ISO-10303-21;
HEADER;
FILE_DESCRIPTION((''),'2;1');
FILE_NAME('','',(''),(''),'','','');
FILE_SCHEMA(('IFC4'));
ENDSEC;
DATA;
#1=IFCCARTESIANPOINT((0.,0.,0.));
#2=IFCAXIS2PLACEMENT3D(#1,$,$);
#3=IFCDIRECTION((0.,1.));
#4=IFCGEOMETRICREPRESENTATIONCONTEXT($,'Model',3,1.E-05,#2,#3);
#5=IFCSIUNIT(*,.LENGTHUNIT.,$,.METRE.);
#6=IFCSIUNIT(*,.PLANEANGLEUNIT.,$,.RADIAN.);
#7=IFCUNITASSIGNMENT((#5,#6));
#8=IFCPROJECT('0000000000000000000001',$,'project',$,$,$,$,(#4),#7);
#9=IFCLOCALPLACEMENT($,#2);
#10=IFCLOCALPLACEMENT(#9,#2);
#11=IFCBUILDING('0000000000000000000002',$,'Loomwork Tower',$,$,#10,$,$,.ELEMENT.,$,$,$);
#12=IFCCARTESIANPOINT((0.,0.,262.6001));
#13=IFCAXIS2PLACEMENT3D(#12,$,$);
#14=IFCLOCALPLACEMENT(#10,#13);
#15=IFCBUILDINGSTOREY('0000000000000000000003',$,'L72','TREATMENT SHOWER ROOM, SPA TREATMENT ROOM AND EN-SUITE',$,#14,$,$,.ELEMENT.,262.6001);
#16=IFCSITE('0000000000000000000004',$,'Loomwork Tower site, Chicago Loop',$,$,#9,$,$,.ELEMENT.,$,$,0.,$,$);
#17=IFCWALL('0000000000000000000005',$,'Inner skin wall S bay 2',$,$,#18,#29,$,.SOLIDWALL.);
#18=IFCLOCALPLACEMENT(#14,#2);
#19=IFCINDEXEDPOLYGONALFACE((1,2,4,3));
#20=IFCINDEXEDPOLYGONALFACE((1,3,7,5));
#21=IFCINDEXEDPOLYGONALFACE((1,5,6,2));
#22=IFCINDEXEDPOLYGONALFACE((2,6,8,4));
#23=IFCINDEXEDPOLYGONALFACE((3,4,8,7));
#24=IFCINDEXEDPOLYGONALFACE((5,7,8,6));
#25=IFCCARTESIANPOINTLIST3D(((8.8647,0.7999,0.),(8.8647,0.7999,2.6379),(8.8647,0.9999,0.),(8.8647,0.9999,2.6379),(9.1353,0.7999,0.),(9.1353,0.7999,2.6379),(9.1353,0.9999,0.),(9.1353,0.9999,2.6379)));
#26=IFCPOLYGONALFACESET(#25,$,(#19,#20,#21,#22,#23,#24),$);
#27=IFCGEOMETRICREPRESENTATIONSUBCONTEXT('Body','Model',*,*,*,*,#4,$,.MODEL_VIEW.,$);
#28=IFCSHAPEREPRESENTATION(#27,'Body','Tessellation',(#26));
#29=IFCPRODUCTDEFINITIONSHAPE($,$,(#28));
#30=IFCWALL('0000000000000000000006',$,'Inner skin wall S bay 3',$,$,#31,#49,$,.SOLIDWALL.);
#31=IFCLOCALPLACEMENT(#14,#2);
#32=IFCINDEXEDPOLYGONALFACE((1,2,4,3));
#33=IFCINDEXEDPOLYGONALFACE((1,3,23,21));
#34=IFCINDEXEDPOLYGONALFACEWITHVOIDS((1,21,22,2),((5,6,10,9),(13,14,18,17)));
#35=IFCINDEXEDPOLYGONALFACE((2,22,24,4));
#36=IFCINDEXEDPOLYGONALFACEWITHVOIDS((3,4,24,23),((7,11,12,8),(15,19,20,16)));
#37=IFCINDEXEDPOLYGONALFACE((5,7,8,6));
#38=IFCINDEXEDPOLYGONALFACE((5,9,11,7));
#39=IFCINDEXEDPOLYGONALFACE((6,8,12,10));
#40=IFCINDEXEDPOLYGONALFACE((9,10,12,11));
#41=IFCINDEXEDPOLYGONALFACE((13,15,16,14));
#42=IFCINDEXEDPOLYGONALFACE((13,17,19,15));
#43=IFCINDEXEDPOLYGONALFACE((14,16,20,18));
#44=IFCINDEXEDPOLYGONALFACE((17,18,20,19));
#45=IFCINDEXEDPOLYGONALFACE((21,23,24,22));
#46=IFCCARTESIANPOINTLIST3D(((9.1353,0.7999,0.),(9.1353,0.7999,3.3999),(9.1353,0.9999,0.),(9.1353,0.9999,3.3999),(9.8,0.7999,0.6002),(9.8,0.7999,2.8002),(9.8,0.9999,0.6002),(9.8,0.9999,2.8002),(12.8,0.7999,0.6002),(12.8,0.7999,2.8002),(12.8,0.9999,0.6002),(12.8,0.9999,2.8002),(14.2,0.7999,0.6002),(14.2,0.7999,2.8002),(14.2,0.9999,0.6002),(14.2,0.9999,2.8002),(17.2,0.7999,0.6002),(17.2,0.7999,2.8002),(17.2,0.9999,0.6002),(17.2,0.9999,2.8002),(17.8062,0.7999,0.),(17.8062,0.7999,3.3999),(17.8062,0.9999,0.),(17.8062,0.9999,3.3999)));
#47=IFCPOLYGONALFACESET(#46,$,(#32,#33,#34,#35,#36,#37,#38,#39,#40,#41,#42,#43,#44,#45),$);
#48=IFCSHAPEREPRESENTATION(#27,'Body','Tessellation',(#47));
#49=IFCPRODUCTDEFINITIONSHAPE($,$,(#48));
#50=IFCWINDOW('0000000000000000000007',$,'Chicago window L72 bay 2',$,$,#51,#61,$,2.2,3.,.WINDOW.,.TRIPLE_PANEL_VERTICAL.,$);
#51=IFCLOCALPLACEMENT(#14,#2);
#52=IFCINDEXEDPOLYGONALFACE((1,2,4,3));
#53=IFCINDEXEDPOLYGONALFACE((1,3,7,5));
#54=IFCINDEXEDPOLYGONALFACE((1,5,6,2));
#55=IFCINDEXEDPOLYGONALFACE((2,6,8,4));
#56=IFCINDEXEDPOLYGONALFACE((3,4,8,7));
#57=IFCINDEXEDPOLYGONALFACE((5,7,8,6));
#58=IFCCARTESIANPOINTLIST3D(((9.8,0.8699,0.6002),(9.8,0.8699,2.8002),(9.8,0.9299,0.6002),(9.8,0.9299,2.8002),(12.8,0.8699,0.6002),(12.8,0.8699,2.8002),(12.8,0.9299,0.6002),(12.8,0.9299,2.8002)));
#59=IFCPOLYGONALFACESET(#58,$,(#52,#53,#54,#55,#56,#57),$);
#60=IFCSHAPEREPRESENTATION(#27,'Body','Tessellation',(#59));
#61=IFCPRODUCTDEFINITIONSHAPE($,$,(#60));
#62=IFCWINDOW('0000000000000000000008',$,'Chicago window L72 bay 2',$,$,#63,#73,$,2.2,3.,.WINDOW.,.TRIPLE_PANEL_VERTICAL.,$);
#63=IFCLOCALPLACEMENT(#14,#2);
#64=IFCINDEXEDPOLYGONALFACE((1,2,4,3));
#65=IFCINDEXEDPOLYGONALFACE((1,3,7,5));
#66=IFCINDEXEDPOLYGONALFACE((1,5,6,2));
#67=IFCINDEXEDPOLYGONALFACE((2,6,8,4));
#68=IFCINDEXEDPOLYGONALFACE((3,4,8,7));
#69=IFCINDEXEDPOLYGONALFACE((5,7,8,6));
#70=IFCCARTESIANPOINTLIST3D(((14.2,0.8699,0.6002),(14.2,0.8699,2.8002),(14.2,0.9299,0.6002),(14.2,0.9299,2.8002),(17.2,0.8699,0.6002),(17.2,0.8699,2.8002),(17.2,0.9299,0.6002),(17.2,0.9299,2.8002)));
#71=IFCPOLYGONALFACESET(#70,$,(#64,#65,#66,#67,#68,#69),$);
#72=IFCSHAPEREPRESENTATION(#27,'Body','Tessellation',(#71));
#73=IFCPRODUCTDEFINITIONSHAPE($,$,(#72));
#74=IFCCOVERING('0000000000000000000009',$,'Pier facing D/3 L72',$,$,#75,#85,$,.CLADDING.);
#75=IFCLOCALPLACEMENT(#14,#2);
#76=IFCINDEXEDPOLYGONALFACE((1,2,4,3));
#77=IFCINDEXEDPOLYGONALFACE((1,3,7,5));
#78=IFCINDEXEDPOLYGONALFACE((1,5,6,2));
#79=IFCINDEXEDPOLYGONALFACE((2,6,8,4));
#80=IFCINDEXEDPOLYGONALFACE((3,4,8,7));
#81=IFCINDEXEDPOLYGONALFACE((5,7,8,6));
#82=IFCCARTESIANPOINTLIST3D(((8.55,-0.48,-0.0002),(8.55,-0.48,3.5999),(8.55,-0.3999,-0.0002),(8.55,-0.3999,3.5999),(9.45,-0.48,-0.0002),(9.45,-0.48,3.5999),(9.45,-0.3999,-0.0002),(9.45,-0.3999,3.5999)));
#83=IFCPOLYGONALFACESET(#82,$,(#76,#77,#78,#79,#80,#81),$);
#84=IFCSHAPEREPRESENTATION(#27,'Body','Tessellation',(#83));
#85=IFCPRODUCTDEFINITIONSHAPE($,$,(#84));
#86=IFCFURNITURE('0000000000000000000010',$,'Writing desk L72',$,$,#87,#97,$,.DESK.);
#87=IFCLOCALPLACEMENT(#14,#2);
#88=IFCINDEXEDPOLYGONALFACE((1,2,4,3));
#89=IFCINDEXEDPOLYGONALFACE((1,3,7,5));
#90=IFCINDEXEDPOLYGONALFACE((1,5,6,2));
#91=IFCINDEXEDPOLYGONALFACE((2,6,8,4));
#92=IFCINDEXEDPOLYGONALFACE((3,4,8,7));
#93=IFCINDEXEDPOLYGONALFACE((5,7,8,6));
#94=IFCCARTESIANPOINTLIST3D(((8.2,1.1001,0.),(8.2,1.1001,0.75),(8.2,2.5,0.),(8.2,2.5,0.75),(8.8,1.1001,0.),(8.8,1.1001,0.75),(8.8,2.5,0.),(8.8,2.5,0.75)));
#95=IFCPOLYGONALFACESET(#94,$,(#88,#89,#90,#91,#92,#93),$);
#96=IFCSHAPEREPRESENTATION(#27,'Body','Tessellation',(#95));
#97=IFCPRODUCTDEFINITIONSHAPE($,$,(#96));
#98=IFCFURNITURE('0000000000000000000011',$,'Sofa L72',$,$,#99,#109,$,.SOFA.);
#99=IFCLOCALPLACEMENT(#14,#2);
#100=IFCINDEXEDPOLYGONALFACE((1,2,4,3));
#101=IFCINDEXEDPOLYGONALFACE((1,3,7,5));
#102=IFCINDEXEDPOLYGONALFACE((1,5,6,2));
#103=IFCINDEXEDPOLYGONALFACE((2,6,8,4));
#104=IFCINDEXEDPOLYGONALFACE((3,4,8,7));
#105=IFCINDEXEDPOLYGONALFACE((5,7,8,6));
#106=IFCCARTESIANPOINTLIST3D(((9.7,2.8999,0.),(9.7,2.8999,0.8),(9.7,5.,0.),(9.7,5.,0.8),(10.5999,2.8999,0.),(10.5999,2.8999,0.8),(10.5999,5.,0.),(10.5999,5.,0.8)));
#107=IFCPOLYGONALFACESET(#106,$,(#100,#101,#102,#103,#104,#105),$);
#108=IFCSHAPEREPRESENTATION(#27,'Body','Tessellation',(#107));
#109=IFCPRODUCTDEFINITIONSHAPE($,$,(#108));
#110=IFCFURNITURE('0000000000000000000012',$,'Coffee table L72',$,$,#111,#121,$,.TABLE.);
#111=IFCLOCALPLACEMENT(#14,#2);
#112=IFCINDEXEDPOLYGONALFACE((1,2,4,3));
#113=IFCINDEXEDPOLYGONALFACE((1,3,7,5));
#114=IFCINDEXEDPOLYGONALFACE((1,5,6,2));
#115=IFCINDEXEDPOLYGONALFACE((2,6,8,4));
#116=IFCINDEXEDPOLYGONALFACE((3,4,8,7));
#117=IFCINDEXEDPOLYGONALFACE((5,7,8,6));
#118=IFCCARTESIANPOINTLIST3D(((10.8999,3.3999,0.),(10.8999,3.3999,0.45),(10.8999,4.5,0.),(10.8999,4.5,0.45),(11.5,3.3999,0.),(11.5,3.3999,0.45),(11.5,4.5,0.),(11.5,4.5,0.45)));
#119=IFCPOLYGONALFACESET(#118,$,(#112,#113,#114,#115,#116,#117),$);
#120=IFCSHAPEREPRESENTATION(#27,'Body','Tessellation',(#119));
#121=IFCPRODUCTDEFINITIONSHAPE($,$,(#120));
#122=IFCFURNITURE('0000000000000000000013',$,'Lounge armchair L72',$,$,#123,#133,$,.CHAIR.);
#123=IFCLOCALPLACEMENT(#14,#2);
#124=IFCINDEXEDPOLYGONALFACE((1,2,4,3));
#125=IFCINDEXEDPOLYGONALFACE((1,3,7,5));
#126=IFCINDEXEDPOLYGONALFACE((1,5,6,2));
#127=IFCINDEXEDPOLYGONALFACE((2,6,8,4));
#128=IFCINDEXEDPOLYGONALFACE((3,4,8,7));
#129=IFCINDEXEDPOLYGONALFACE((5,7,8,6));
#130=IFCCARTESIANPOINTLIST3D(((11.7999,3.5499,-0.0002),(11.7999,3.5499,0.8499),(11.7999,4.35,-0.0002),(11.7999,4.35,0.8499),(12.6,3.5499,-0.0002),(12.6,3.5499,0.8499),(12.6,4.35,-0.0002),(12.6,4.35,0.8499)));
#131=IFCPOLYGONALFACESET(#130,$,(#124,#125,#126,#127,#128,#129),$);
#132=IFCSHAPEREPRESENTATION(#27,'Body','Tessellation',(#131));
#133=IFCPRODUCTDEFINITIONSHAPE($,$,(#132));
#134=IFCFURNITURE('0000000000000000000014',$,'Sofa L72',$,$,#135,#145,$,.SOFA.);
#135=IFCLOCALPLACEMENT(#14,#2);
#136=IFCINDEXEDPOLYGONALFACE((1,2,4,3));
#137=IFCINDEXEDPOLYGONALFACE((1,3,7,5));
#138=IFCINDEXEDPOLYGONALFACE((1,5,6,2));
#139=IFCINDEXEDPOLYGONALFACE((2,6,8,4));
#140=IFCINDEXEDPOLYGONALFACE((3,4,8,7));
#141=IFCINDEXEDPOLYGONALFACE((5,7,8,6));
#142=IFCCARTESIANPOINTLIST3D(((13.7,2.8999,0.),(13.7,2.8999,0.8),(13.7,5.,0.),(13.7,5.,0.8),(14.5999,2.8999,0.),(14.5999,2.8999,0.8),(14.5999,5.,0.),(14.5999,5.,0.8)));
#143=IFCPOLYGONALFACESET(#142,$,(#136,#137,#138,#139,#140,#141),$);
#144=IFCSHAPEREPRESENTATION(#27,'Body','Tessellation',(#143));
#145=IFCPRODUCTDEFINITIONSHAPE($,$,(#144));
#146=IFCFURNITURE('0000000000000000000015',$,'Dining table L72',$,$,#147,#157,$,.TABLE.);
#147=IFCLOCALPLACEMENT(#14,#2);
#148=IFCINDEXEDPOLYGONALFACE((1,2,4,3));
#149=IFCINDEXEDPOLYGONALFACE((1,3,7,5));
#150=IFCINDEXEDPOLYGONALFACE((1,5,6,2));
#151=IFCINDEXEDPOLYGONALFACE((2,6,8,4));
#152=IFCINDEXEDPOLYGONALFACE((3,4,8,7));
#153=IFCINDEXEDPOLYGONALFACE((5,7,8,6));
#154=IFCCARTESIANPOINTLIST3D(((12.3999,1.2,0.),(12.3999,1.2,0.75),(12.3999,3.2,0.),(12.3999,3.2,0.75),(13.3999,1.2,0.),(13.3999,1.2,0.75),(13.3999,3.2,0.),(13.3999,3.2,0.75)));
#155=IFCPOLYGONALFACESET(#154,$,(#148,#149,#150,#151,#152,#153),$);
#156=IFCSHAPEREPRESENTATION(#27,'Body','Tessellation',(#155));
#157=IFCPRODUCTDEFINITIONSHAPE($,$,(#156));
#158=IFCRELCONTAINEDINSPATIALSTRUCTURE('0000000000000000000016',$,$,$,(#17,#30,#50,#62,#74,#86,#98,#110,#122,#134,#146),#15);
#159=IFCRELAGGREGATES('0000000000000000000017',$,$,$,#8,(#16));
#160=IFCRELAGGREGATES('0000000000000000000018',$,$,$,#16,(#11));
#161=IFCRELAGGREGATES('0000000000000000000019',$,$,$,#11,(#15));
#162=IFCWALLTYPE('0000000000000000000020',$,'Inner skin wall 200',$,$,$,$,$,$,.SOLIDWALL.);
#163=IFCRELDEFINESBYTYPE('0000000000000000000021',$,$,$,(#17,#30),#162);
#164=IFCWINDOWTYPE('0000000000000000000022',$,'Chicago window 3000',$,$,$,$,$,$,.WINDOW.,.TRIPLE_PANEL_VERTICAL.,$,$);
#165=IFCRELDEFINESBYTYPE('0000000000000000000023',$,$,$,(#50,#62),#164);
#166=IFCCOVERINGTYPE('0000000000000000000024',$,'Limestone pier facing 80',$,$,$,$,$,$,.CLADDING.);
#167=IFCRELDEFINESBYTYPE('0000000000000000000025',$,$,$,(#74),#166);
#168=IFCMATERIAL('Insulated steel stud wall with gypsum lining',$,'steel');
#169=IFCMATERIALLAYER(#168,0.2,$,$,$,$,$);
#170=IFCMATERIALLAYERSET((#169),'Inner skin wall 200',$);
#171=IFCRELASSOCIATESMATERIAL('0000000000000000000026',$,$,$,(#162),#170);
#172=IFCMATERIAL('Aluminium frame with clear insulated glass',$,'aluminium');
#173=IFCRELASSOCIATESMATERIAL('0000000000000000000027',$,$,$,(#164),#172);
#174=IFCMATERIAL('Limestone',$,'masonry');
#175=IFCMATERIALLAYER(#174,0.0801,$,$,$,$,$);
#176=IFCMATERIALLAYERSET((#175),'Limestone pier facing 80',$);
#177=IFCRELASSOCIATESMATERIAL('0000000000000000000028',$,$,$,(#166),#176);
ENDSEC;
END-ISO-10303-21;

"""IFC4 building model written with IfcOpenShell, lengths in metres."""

from ifc_helpers import new_model, si_unit, direction, frame, frame_2d, origin, origin_2d, place, context, subcontext, project, spatial, rectangle, extrude, material, layer, layer_set, type_object, element, fill, save


model = new_model("IFC4")

# Units and contexts
model_context = context("Model", 3, precision=1e-05, world=origin(), true_north=direction((0.0, 1.0)))
body_context = subcontext(model_context, "Body", "Model", "MODEL_VIEW")
ifc_project = project(units=[si_unit("LENGTHUNIT", "METRE"), si_unit("PLANEANGLEUNIT", "RADIAN")], contexts=[model_context])

# Site, building, storey
site_placement = place(None, origin())
site = spatial("IfcSite", under=ifc_project, at=site_placement, Name="Loomwork Tower site, Chicago Loop", CompositionType="ELEMENT", RefElevation=0.0)
building_placement = place(site_placement, origin())
building = spatial("IfcBuilding", under=site, at=building_placement, Name="Loomwork Tower", CompositionType="ELEMENT")
storey_placement = place(building_placement, frame((0.0, 0.0, 262.6001)))
storey = spatial("IfcBuildingStorey", under=building, at=storey_placement, Name="L72", Description="TREATMENT SHOWER ROOM, SPA TREATMENT ROOM AND EN-SUITE", CompositionType="ELEMENT", Elevation=262.6001)

# Wall
ifc_material_1 = material(Name="Insulated steel stud wall with gypsum lining", Category="steel")
ifc_layer_1 = layer(ifc_material_1, 0.2)
ifc_layer_set_1 = layer_set([ifc_layer_1], Name="Inner skin wall 200")
wall_type_1 = type_object("IfcWallType", Name="Inner skin wall 200", PredefinedType="SOLIDWALL", material=ifc_layer_set_1)
wall_1_placement = place(storey_placement, frame((8.8647, 0.8999, 0.0), z_axis=(0.0, 0.0, 1.0), x_axis=(1.0, 0.0, 0.0)))
element("IfcWall", 1, at=wall_1_placement, inside=storey, type_object=wall_type_1, Name="Inner skin wall S bay 2", PredefinedType="SOLIDWALL", context=body_context, shape_type="SweptSolid", body=[
    extrude(rectangle(XDim=0.2705, YDim=0.2, at=frame_2d((0.1353, 0.0))), origin(), (0.0, 0.0, 1.0), 2.6379),
])

# Wall, openings, windows
wall_2_placement = place(storey_placement, frame((9.1353, 0.8999, 0.0), z_axis=(0.0, 0.0, 1.0), x_axis=(1.0, 0.0, 0.0)))
wall_2 = element("IfcWall", 2, at=wall_2_placement, inside=storey, type_object=wall_type_1, Name="Inner skin wall S bay 3", PredefinedType="SOLIDWALL", context=body_context, shape_type="SweptSolid", body=[
    extrude(rectangle(XDim=8.6709, YDim=0.2, at=frame_2d((4.3354, 0.0))), origin(), (0.0, 0.0, 1.0), 3.3999),
])
opening_1_placement = place(wall_2_placement, frame((0.6648, 0.0, 0.6001)))
opening_1 = element("IfcOpeningElement", 3, at=opening_1_placement, cuts=wall_2, PredefinedType="OPENING", context=body_context, shape_type="SweptSolid", body=[
    extrude(rectangle(XDim=3.0, YDim=2.2, at=frame_2d((1.5, 1.1001))), frame((0.0, 0.1099, 0.0), z_axis=(0.0, -1.0, 0.0), x_axis=(1.0, 0.0, 0.0)), (0.0, 0.0, 1.0), 0.22),
])
opening_2_placement = place(wall_2_placement, frame((5.0647, 0.0, 0.6001)))
opening_2 = element("IfcOpeningElement", 4, at=opening_2_placement, cuts=wall_2, PredefinedType="OPENING", context=body_context, shape_type="SweptSolid", body=[
    extrude(rectangle(XDim=3.0, YDim=2.2, at=frame_2d((1.5, 1.1001))), frame((0.0, 0.1099, 0.0), z_axis=(0.0, -1.0, 0.0), x_axis=(1.0, 0.0, 0.0)), (0.0, 0.0, 1.0), 0.22),
])
ifc_material_2 = material(Name="Aluminium frame with clear insulated glass", Category="aluminium")
window_type = type_object("IfcWindowType", Name="Chicago window 3000", PartitioningType="TRIPLE_PANEL_VERTICAL", PredefinedType="WINDOW", material=ifc_material_2)
window_1_placement = place(opening_1_placement, origin())
window_1 = element("IfcWindow", 5, at=window_1_placement, inside=storey, type_object=window_type, Name="Chicago window L72 bay 2", OverallHeight=2.2, OverallWidth=3.0, PartitioningType="TRIPLE_PANEL_VERTICAL", PredefinedType="WINDOW", context=body_context, shape_type="SweptSolid", body=[
    extrude(rectangle(XDim=3.0, YDim=2.2, at=frame_2d((1.5, 1.1001))), frame((0.0, 0.03, 0.0), z_axis=(0.0, -1.0, 0.0), x_axis=(1.0, 0.0, 0.0)), (0.0, 0.0, 1.0), 0.0601),
])
fill(opening_1, window_1)
window_2_placement = place(opening_2_placement, origin())
window_2 = element("IfcWindow", 6, at=window_2_placement, inside=storey, type_object=window_type, Name="Chicago window L72 bay 2", OverallHeight=2.2, OverallWidth=3.0, PartitioningType="TRIPLE_PANEL_VERTICAL", PredefinedType="WINDOW", context=body_context, shape_type="SweptSolid", body=[
    extrude(rectangle(XDim=3.0, YDim=2.2, at=frame_2d((1.5, 1.1001))), frame((0.0, 0.03, 0.0), z_axis=(0.0, -1.0, 0.0), x_axis=(1.0, 0.0, 0.0)), (0.0, 0.0, 1.0), 0.0601),
])
fill(opening_2, window_2)

# Covering
ifc_material_3 = material(Name="Limestone", Category="masonry")
ifc_layer_2 = layer(ifc_material_3, 0.0801)
ifc_layer_set_2 = layer_set([ifc_layer_2], Name="Limestone pier facing 80")
covering_type = type_object("IfcCoveringType", Name="Limestone pier facing 80", PredefinedType="CLADDING", material=ifc_layer_set_2)
covering_placement = place(storey_placement, frame((9.0, -0.4399, -0.0002), z_axis=(0.0, 0.0, 1.0), x_axis=(1.0, 0.0, 0.0)))
element("IfcCovering", 7, at=covering_placement, inside=storey, type_object=covering_type, Name="Pier facing D/3 L72", PredefinedType="CLADDING", context=body_context, shape_type="SweptSolid", body=[
    extrude(rectangle(XDim=0.8999, YDim=0.0801, at=origin_2d()), origin(), (0.0, 0.0, 1.0), 3.6001),
])

# Furniture
furniture_1_placement = place(storey_placement, frame((8.5, 1.8, 0.0), z_axis=(0.0, 0.0, 1.0), x_axis=(1.0, 0.0, 0.0)))
element("IfcFurniture", 8, at=furniture_1_placement, inside=storey, Name="Writing desk L72", PredefinedType="DESK", context=body_context, shape_type="SweptSolid", body=[
    extrude(rectangle(XDim=0.6001, YDim=1.3999, at=origin_2d()), origin(), (0.0, 0.0, 1.0), 0.75),
])
furniture_2_placement = place(storey_placement, frame((10.1499, 3.95, 0.0), z_axis=(0.0, 0.0, 1.0), x_axis=(1.0, 0.0, 0.0)))
element("IfcFurniture", 9, at=furniture_2_placement, inside=storey, Name="Sofa L72", PredefinedType="SOFA", context=body_context, shape_type="SweptSolid", body=[
    extrude(rectangle(XDim=0.8999, YDim=2.1001, at=origin_2d()), origin(), (0.0, 0.0, 1.0), 0.8),
])
furniture_3_placement = place(storey_placement, frame((11.2, 3.95, 0.0), z_axis=(0.0, 0.0, 1.0), x_axis=(1.0, 0.0, 0.0)))
element("IfcFurniture", 10, at=furniture_3_placement, inside=storey, Name="Coffee table L72", PredefinedType="TABLE", context=body_context, shape_type="SweptSolid", body=[
    extrude(rectangle(XDim=0.6001, YDim=1.1001, at=origin_2d()), origin(), (0.0, 0.0, 1.0), 0.45),
])
furniture_4_placement = place(storey_placement, frame((12.2, 3.95, -0.0002), z_axis=(0.0, 0.0, 1.0), x_axis=(1.0, 0.0, 0.0)))
element("IfcFurniture", 11, at=furniture_4_placement, inside=storey, Name="Lounge armchair L72", PredefinedType="CHAIR", context=body_context, shape_type="SweptSolid", body=[
    extrude(rectangle(XDim=0.8, YDim=0.8, at=origin_2d()), origin(), (0.0, 0.0, 1.0), 0.8501),
])
furniture_5_placement = place(storey_placement, frame((14.1499, 3.95, 0.0), z_axis=(0.0, 0.0, 1.0), x_axis=(1.0, 0.0, 0.0)))
element("IfcFurniture", 12, at=furniture_5_placement, inside=storey, Name="Sofa L72", PredefinedType="SOFA", context=body_context, shape_type="SweptSolid", body=[
    extrude(rectangle(XDim=0.8999, YDim=2.1001, at=origin_2d()), origin(), (0.0, 0.0, 1.0), 0.8),
])
furniture_6_placement = place(storey_placement, frame((12.8999, 2.2, 0.0), z_axis=(0.0, 0.0, 1.0), x_axis=(1.0, 0.0, 0.0)))
element("IfcFurniture", 13, at=furniture_6_placement, inside=storey, Name="Dining table L72", PredefinedType="TABLE", context=body_context, shape_type="SweptSolid", body=[
    extrude(rectangle(XDim=1.0, YDim=2.0, at=origin_2d()), origin(), (0.0, 0.0, 1.0), 0.75),
])

save(model, "model.ifc")
